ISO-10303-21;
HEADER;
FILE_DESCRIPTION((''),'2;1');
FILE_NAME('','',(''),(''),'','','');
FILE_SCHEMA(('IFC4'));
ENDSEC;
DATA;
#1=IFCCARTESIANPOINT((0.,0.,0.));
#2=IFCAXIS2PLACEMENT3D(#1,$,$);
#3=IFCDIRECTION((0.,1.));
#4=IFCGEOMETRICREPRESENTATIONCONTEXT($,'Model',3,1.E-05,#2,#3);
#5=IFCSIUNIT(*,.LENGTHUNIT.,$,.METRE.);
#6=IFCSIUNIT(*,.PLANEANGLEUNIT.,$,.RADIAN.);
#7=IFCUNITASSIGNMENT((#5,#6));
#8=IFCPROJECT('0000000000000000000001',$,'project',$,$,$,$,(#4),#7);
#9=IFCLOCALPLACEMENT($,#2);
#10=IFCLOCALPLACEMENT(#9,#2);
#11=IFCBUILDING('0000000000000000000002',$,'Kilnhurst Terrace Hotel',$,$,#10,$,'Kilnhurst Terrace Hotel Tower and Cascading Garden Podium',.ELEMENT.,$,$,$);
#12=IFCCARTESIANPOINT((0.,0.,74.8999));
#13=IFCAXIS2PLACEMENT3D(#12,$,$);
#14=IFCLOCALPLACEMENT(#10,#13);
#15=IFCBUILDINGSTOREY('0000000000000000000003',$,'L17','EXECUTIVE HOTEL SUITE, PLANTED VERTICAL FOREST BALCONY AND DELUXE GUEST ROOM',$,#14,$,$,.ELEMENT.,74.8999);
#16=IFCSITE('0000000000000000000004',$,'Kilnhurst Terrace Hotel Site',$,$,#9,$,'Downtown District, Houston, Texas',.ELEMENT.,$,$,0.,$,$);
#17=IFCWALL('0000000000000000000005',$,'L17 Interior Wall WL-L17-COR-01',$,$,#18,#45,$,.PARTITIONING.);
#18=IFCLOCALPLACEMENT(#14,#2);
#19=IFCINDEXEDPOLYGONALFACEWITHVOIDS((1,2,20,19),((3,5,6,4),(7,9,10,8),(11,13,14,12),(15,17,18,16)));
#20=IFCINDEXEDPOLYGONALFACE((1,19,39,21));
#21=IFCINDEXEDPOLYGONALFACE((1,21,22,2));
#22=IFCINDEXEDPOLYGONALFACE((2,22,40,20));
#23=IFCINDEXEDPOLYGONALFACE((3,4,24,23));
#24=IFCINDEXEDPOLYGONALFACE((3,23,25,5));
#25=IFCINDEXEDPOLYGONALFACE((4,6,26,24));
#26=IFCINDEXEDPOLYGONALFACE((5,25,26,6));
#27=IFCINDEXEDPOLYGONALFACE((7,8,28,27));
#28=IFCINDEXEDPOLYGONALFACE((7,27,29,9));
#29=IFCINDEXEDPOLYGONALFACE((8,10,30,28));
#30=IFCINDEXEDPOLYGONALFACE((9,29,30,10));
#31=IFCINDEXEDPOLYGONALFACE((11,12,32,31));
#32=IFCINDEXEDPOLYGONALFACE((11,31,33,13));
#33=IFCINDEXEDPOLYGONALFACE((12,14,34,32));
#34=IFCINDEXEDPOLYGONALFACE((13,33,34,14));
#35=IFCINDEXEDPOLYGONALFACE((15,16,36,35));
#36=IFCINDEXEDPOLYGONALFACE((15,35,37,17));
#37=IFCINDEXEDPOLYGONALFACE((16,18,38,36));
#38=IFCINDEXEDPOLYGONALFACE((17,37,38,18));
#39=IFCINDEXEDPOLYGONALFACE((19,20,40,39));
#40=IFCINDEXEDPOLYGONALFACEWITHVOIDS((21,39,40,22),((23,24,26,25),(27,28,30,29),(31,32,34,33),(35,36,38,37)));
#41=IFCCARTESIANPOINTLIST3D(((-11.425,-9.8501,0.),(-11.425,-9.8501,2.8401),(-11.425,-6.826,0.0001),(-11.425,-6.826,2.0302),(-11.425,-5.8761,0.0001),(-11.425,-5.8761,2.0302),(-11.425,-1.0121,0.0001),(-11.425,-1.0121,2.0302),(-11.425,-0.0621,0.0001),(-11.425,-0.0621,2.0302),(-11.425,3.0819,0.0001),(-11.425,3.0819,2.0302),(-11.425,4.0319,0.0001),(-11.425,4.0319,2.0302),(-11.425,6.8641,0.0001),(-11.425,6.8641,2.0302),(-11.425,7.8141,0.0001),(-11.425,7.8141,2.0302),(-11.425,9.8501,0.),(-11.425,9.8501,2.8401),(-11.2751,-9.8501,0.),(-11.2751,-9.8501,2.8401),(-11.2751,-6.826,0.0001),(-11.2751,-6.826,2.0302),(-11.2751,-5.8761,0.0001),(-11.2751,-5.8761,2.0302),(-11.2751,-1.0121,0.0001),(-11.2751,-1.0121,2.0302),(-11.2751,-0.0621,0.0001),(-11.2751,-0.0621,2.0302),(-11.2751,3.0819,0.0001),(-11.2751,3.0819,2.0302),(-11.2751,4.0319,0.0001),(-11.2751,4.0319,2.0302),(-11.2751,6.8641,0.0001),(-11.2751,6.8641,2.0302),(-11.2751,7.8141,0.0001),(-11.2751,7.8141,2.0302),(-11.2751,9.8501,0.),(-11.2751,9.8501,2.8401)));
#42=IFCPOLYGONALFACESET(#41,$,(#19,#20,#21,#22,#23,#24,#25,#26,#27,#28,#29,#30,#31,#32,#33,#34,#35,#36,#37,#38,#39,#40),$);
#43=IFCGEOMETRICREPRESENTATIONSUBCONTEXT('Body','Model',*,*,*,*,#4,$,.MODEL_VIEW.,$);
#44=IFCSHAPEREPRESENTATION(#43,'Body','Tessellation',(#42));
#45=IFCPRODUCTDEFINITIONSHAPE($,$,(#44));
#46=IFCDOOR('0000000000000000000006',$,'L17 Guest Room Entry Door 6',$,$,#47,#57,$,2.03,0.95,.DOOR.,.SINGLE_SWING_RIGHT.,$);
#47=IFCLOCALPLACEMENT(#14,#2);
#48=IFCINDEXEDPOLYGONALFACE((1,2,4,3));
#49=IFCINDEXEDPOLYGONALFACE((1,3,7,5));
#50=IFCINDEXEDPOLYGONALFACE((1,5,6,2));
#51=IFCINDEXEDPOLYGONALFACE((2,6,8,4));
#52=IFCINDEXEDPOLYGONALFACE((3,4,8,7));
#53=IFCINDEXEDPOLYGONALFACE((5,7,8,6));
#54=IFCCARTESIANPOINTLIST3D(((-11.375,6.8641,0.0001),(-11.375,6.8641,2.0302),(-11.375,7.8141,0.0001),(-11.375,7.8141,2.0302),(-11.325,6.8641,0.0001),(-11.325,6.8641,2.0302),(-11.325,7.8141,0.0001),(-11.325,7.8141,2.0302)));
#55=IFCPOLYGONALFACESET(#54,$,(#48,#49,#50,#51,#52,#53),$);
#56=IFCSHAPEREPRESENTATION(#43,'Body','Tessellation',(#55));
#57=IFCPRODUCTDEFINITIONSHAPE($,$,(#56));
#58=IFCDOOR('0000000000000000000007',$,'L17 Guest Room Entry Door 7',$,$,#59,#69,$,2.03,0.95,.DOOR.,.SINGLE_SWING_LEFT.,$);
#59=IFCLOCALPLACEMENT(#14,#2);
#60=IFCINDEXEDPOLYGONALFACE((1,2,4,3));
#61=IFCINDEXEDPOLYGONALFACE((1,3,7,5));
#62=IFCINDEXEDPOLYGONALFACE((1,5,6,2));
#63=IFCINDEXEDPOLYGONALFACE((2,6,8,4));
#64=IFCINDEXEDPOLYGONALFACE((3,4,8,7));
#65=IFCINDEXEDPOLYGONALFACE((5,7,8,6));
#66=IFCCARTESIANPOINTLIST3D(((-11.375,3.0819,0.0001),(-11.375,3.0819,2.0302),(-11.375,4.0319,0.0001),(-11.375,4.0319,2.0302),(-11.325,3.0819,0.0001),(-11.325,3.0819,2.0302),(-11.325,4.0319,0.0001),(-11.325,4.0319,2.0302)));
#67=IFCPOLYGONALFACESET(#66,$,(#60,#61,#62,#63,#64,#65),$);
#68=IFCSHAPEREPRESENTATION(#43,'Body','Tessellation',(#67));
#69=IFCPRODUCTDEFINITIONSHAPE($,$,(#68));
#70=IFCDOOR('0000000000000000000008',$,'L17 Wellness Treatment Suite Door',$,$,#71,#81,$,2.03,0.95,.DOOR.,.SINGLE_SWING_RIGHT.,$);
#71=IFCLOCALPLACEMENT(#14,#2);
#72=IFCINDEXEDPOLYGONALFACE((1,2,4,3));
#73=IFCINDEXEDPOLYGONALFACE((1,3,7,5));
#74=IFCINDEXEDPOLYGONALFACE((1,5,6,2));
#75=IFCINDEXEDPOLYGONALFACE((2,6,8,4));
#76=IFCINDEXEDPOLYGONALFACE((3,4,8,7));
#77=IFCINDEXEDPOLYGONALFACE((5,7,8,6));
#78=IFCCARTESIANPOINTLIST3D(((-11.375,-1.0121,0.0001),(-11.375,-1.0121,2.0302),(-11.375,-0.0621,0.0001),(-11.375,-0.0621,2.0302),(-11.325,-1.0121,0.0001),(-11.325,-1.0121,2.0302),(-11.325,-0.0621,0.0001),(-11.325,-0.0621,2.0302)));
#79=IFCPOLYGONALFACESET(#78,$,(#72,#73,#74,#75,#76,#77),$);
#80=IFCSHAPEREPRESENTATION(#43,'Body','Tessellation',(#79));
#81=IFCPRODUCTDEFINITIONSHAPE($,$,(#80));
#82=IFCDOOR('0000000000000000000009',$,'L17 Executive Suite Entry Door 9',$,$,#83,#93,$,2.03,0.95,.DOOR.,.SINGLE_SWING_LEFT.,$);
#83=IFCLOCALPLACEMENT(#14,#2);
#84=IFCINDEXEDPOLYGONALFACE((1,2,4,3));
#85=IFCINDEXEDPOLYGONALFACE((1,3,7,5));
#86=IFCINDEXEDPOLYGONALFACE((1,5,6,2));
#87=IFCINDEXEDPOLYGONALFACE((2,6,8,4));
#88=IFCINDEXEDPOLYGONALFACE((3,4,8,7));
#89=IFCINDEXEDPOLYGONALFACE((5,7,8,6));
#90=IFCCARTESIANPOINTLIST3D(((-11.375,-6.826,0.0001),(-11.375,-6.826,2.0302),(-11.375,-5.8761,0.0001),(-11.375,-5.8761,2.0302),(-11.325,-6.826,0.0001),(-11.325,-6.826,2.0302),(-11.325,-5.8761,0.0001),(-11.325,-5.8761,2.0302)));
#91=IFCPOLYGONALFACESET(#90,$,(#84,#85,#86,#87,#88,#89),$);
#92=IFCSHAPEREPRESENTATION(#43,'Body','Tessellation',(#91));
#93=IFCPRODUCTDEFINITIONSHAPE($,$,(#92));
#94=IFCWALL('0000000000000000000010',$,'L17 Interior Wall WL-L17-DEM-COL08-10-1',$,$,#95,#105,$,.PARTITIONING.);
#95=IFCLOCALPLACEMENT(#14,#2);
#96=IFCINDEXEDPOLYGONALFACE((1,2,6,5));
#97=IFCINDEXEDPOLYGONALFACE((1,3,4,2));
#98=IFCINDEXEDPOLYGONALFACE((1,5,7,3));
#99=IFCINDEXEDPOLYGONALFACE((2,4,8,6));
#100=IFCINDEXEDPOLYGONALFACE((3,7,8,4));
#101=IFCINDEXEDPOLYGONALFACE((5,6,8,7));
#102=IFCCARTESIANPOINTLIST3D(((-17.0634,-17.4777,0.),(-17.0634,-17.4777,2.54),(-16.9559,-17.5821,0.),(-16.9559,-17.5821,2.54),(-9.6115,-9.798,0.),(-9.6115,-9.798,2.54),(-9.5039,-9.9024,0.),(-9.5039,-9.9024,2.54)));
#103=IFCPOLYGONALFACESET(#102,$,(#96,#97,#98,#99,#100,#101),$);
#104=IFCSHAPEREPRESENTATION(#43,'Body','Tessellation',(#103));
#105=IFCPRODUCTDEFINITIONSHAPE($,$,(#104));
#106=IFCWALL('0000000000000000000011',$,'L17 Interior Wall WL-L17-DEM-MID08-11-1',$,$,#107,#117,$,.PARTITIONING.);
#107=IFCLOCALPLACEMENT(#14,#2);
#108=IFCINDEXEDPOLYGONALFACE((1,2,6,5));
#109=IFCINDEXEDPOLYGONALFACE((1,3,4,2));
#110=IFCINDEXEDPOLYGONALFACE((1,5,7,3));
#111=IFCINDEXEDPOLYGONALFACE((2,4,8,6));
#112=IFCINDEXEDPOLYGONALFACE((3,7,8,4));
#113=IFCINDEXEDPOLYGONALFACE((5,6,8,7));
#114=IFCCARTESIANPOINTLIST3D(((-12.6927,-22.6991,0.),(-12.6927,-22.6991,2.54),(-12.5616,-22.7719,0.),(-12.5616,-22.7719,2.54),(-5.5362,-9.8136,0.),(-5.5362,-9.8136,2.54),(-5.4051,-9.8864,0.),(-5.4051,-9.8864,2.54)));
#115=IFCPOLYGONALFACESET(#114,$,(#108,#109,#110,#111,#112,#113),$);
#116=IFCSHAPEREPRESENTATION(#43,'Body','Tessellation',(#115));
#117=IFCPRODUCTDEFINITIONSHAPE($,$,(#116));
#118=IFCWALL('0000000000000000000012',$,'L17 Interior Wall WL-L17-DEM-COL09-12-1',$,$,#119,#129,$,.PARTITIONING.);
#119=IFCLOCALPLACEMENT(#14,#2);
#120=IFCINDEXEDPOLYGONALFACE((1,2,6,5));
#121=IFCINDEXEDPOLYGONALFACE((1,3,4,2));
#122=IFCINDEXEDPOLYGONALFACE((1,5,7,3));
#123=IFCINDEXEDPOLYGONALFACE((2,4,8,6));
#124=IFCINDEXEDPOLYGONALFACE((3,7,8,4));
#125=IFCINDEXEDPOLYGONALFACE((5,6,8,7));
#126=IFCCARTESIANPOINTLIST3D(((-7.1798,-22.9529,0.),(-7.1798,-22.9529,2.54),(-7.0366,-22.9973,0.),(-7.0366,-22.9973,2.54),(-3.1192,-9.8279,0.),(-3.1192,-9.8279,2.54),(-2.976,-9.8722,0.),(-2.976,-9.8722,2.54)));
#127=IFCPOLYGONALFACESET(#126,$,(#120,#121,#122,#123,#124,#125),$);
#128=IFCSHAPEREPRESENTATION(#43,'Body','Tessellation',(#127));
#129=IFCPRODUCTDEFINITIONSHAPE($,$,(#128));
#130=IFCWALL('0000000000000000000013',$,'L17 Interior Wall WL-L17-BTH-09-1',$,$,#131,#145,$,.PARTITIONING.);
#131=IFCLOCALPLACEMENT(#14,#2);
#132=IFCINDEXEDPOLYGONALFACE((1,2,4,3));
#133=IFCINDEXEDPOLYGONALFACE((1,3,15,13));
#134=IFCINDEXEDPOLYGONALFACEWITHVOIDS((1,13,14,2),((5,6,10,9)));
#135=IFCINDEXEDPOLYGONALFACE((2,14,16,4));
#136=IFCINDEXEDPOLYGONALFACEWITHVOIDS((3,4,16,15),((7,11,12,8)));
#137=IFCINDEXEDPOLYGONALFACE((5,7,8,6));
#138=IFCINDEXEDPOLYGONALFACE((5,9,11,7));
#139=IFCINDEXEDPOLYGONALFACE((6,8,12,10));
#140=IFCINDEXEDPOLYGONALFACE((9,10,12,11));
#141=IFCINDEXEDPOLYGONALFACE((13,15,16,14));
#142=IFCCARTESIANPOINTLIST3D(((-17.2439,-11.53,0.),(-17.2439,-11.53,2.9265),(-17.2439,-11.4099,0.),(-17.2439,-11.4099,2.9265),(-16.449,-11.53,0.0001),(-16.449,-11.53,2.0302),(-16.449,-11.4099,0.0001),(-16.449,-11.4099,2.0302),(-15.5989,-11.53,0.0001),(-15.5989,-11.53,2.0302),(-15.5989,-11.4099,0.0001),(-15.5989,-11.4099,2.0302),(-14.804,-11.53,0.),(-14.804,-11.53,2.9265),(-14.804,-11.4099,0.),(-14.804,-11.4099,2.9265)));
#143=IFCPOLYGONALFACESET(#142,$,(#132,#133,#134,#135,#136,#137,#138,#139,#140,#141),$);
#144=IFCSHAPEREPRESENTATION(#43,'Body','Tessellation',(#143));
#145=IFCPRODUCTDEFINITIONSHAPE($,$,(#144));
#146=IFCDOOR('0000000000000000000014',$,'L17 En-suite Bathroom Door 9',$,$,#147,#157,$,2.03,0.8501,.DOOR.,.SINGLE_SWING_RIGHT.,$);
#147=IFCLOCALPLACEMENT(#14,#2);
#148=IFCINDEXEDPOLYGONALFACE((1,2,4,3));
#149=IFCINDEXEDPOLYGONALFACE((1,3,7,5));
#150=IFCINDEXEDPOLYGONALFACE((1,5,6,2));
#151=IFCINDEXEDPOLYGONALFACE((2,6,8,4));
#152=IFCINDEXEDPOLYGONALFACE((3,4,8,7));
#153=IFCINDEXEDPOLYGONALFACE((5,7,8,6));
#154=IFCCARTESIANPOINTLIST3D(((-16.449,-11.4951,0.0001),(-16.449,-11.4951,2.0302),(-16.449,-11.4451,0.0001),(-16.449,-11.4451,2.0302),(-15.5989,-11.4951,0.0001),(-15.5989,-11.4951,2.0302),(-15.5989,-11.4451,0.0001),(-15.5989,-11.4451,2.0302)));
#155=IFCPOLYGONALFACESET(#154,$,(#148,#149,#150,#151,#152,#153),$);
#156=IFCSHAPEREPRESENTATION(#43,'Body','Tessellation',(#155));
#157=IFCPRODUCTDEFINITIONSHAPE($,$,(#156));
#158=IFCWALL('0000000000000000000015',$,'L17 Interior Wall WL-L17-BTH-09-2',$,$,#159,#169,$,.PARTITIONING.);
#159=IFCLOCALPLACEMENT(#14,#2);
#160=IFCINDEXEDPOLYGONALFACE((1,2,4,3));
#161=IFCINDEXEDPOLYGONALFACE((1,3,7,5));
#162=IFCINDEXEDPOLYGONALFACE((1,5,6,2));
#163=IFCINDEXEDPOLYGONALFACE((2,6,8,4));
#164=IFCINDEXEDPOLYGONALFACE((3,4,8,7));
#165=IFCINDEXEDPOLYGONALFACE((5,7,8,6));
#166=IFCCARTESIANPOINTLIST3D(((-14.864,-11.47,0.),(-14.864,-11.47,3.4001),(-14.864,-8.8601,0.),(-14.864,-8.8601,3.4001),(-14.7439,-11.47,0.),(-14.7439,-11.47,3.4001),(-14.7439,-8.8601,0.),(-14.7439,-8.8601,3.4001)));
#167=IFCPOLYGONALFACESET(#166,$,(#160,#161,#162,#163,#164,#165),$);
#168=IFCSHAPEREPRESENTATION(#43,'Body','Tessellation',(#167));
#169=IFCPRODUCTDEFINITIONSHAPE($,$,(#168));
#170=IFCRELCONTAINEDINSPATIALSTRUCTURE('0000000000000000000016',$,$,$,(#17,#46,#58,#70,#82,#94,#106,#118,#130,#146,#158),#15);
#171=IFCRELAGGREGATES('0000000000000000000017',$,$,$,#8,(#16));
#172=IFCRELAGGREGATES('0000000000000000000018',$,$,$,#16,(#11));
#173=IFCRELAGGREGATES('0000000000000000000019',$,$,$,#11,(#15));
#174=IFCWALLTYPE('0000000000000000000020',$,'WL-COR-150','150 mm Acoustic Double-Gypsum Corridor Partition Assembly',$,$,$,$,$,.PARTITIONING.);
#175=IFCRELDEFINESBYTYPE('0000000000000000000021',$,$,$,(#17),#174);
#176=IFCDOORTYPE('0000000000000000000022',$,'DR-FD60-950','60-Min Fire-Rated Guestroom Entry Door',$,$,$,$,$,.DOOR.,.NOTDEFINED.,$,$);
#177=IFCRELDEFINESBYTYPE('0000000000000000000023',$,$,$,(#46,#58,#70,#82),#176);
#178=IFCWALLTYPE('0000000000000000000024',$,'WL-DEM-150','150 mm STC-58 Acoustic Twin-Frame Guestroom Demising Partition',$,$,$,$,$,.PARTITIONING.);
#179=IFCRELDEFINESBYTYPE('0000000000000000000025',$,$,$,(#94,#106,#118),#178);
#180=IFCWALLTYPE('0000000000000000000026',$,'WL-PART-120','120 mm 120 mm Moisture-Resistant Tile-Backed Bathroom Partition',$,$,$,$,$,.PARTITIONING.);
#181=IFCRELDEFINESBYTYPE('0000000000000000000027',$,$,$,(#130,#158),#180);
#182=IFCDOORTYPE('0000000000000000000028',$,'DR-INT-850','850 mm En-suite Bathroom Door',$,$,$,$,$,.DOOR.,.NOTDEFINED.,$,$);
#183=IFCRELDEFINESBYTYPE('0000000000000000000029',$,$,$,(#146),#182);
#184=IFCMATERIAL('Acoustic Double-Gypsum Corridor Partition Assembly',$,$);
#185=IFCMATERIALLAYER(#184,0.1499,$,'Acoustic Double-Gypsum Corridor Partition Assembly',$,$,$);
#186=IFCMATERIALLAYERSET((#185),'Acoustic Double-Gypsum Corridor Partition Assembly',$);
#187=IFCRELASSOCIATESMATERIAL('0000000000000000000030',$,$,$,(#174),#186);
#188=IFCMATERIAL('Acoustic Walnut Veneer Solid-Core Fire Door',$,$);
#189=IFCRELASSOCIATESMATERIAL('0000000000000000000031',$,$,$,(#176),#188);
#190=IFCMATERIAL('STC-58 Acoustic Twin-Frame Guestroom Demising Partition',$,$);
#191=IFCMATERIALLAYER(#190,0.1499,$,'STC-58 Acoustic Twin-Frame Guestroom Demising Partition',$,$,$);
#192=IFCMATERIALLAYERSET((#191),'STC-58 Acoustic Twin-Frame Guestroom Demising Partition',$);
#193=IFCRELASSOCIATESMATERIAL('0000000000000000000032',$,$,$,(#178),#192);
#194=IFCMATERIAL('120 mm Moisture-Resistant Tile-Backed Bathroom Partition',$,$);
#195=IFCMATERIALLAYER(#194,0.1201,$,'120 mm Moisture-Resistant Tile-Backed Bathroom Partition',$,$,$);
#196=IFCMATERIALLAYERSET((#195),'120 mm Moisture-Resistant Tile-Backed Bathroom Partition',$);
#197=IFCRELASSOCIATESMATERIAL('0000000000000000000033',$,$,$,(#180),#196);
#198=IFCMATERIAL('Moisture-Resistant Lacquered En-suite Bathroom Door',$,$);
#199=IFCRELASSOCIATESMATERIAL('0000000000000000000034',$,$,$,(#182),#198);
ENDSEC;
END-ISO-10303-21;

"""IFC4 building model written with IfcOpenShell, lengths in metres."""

from ifc_helpers import new_model, si_unit, direction, frame, frame_2d, origin, place, context, subcontext, project, spatial, rectangle, extrude, material, layer, layer_set, type_object, element, fill, save


model = new_model("IFC4")

# Units and contexts
model_context = context("Model", 3, precision=1e-05, world=origin(), true_north=direction((0.0, 1.0)))
body_context = subcontext(model_context, "Body", "Model", "MODEL_VIEW")
ifc_project = project(units=[si_unit("LENGTHUNIT", "METRE"), si_unit("PLANEANGLEUNIT", "RADIAN")], contexts=[model_context])

# Site, building, storey
site_placement = place(None, origin())
site = spatial("IfcSite", under=ifc_project, at=site_placement, Name="Kilnhurst Terrace Hotel Site", LongName="Downtown District, Houston, Texas", CompositionType="ELEMENT", RefElevation=0.0)
building_placement = place(site_placement, origin())
building = spatial("IfcBuilding", under=site, at=building_placement, Name="Kilnhurst Terrace Hotel", LongName="Kilnhurst Terrace Hotel Tower and Cascading Garden Podium", CompositionType="ELEMENT")
storey_placement = place(building_placement, frame((0.0, 0.0, 74.8999)))
storey = spatial("IfcBuildingStorey", under=building, at=storey_placement, Name="L17", Description="EXECUTIVE HOTEL SUITE, PLANTED VERTICAL FOREST BALCONY AND DELUXE GUEST ROOM", CompositionType="ELEMENT", Elevation=74.8999)

# Wall, openings, doors
ifc_material_1 = material(Name="Acoustic Double-Gypsum Corridor Partition Assembly")
ifc_layer_1 = layer(ifc_material_1, 0.1499, Name="Acoustic Double-Gypsum Corridor Partition Assembly")
ifc_layer_set_1 = layer_set([ifc_layer_1], Name="Acoustic Double-Gypsum Corridor Partition Assembly")
wall_type_1 = type_object("IfcWallType", Name="WL-COR-150", Description="150 mm Acoustic Double-Gypsum Corridor Partition Assembly", PredefinedType="PARTITIONING", material=ifc_layer_set_1)
wall_1_placement = place(storey_placement, frame((-11.3501, -9.8501, 0.0), z_axis=(0.0, 0.0, 1.0), x_axis=(0.0, 1.0, 0.0)))
wall_1 = element("IfcWall", 1, at=wall_1_placement, inside=storey, type_object=wall_type_1, Name="L17 Interior Wall WL-L17-COR-01", PredefinedType="PARTITIONING", context=body_context, shape_type="SweptSolid", body=[
    extrude(rectangle(XDim=19.7002, YDim=0.1499, at=frame_2d((9.8501, 0.0))), origin(), (0.0, 0.0, 1.0), 2.8401),
])
opening_1_placement = place(wall_1_placement, frame((16.7141, 0.0, 0.0)))
opening_1 = element("IfcOpeningElement", 2, at=opening_1_placement, cuts=wall_1, PredefinedType="OPENING", context=body_context, shape_type="SweptSolid", body=[
    extrude(rectangle(XDim=0.95, YDim=2.03, at=frame_2d((0.4751, 1.0151))), frame((0.0, 0.085, 0.0), z_axis=(0.0, -1.0, 0.0), x_axis=(1.0, 0.0, 0.0)), (0.0, 0.0, 1.0), 0.1699),
])
opening_2_placement = place(wall_1_placement, frame((12.9319, 0.0, 0.0)))
opening_2 = element("IfcOpeningElement", 3, at=opening_2_placement, cuts=wall_1, PredefinedType="OPENING", context=body_context, shape_type="SweptSolid", body=[
    extrude(rectangle(XDim=0.95, YDim=2.03, at=frame_2d((0.4751, 1.0151))), frame((0.0, 0.085, 0.0), z_axis=(0.0, -1.0, 0.0), x_axis=(1.0, 0.0, 0.0)), (0.0, 0.0, 1.0), 0.1699),
])
opening_3_placement = place(wall_1_placement, frame((8.8379, 0.0, 0.0)))
opening_3 = element("IfcOpeningElement", 4, at=opening_3_placement, cuts=wall_1, PredefinedType="OPENING", context=body_context, shape_type="SweptSolid", body=[
    extrude(rectangle(XDim=0.95, YDim=2.03, at=frame_2d((0.4751, 1.0151))), frame((0.0, 0.085, 0.0), z_axis=(0.0, -1.0, 0.0), x_axis=(1.0, 0.0, 0.0)), (0.0, 0.0, 1.0), 0.1699),
])
opening_4_placement = place(wall_1_placement, frame((3.0239, 0.0, 0.0)))
opening_4 = element("IfcOpeningElement", 5, at=opening_4_placement, cuts=wall_1, PredefinedType="OPENING", context=body_context, shape_type="SweptSolid", body=[
    extrude(rectangle(XDim=0.95, YDim=2.03, at=frame_2d((0.4751, 1.0151))), frame((0.0, 0.085, 0.0), z_axis=(0.0, -1.0, 0.0), x_axis=(1.0, 0.0, 0.0)), (0.0, 0.0, 1.0), 0.1699),
])
ifc_material_2 = material(Name="Acoustic Walnut Veneer Solid-Core Fire Door")
door_type_1 = type_object("IfcDoorType", Name="DR-FD60-950", Description="60-Min Fire-Rated Guestroom Entry Door", OperationType="NOTDEFINED", PredefinedType="DOOR", material=ifc_material_2)
door_1_placement = place(opening_1_placement, origin())
door_1 = element("IfcDoor", 6, at=door_1_placement, inside=storey, type_object=door_type_1, Name="L17 Guest Room Entry Door 6", OperationType="SINGLE_SWING_RIGHT", OverallHeight=2.03, OverallWidth=0.95, PredefinedType="DOOR", context=body_context, shape_type="SweptSolid", body=[
    extrude(rectangle(XDim=0.95, YDim=2.03, at=frame_2d((0.4751, 1.0151))), frame((0.0, 0.0249, 0.0), z_axis=(0.0, -1.0, 0.0), x_axis=(1.0, 0.0, 0.0)), (0.0, 0.0, 1.0), 0.05),
])
fill(opening_1, door_1)
door_2_placement = place(opening_2_placement, origin())
door_2 = element("IfcDoor", 7, at=door_2_placement, inside=storey, type_object=door_type_1, Name="L17 Guest Room Entry Door 7", OperationType="SINGLE_SWING_LEFT", OverallHeight=2.03, OverallWidth=0.95, PredefinedType="DOOR", context=body_context, shape_type="SweptSolid", body=[
    extrude(rectangle(XDim=0.95, YDim=2.03, at=frame_2d((0.4751, 1.0151))), frame((0.0, 0.0249, 0.0), z_axis=(0.0, -1.0, 0.0), x_axis=(1.0, 0.0, 0.0)), (0.0, 0.0, 1.0), 0.05),
])
fill(opening_2, door_2)
door_3_placement = place(opening_3_placement, origin())
door_3 = element("IfcDoor", 8, at=door_3_placement, inside=storey, type_object=door_type_1, Name="L17 Wellness Treatment Suite Door", OperationType="SINGLE_SWING_RIGHT", OverallHeight=2.03, OverallWidth=0.95, PredefinedType="DOOR", context=body_context, shape_type="SweptSolid", body=[
    extrude(rectangle(XDim=0.95, YDim=2.03, at=frame_2d((0.4751, 1.0151))), frame((0.0, 0.0249, 0.0), z_axis=(0.0, -1.0, 0.0), x_axis=(1.0, 0.0, 0.0)), (0.0, 0.0, 1.0), 0.05),
])
fill(opening_3, door_3)
door_4_placement = place(opening_4_placement, origin())
door_4 = element("IfcDoor", 9, at=door_4_placement, inside=storey, type_object=door_type_1, Name="L17 Executive Suite Entry Door 9", OperationType="SINGLE_SWING_LEFT", OverallHeight=2.03, OverallWidth=0.95, PredefinedType="DOOR", context=body_context, shape_type="SweptSolid", body=[
    extrude(rectangle(XDim=0.95, YDim=2.03, at=frame_2d((0.4751, 1.0151))), frame((0.0, 0.0249, 0.0), z_axis=(0.0, -1.0, 0.0), x_axis=(1.0, 0.0, 0.0)), (0.0, 0.0, 1.0), 0.05),
])
fill(opening_4, door_4)

# Walls
ifc_material_3 = material(Name="STC-58 Acoustic Twin-Frame Guestroom Demising Partition")
ifc_layer_2 = layer(ifc_material_3, 0.1499, Name="STC-58 Acoustic Twin-Frame Guestroom Demising Partition")
ifc_layer_set_2 = layer_set([ifc_layer_2], Name="STC-58 Acoustic Twin-Frame Guestroom Demising Partition")
wall_type_2 = type_object("IfcWallType", Name="WL-DEM-150", Description="150 mm STC-58 Acoustic Twin-Frame Guestroom Demising Partition", PredefinedType="PARTITIONING", material=ifc_layer_set_2)
wall_2_placement = place(storey_placement, frame((-9.5576, -9.8501, 0.0), z_axis=(0.0, 0.0, 1.0), x_axis=(-0.696383, -0.71767, 0.0)))
element("IfcWall", 10, at=wall_2_placement, inside=storey, type_object=wall_type_2, Name="L17 Interior Wall WL-L17-DEM-COL08-10-1", PredefinedType="PARTITIONING", context=body_context, shape_type="SweptSolid", body=[
    extrude(rectangle(XDim=10.7009, YDim=0.1499, at=frame_2d((5.3506, 0.0))), origin(), (0.0, 0.0, 1.0), 2.54),
])
wall_3_placement = place(storey_placement, frame((-5.4707, -9.8501, 0.0), z_axis=(0.0, 0.0, 1.0), x_axis=(-0.485533, -0.874218, 0.0)))
element("IfcWall", 11, at=wall_3_placement, inside=storey, type_object=wall_type_2, Name="L17 Interior Wall WL-L17-DEM-MID08-11-1", PredefinedType="PARTITIONING", context=body_context, shape_type="SweptSolid", body=[
    extrude(rectangle(XDim=14.7395, YDim=0.1499, at=frame_2d((7.3696, 0.0))), origin(), (0.0, 0.0, 1.0), 2.54),
])
wall_4_placement = place(storey_placement, frame((-3.0476, -9.8501, 0.0), z_axis=(0.0, 0.0, 1.0), x_axis=(-0.295554, -0.955326, 0.0)))
element("IfcWall", 12, at=wall_4_placement, inside=storey, type_object=wall_type_2, Name="L17 Interior Wall WL-L17-DEM-COL09-12-1", PredefinedType="PARTITIONING", context=body_context, shape_type="SweptSolid", body=[
    extrude(rectangle(XDim=13.7388, YDim=0.1499, at=frame_2d((6.8694, 0.0))), origin(), (0.0, 0.0, 1.0), 2.54),
])

# Wall, opening, door
ifc_material_4 = material(Name="120 mm Moisture-Resistant Tile-Backed Bathroom Partition")
ifc_layer_3 = layer(ifc_material_4, 0.1201, Name="120 mm Moisture-Resistant Tile-Backed Bathroom Partition")
ifc_layer_set_3 = layer_set([ifc_layer_3], Name="120 mm Moisture-Resistant Tile-Backed Bathroom Partition")
wall_type_3 = type_object("IfcWallType", Name="WL-PART-120", Description="120 mm 120 mm Moisture-Resistant Tile-Backed Bathroom Partition", PredefinedType="PARTITIONING", material=ifc_layer_set_3)
wall_5_placement = place(storey_placement, frame((-17.2439, -11.47, 0.0), z_axis=(0.0, 0.0, 1.0), x_axis=(1.0, 0.0, 0.0)))
wall_5 = element("IfcWall", 13, at=wall_5_placement, inside=storey, type_object=wall_type_3, Name="L17 Interior Wall WL-L17-BTH-09-1", PredefinedType="PARTITIONING", context=body_context, shape_type="SweptSolid", body=[
    extrude(rectangle(XDim=2.4399, YDim=0.1201, at=frame_2d((1.22, 0.0))), origin(), (0.0, 0.0, 1.0), 2.9265),
])
opening_5_placement = place(wall_5_placement, frame((0.7949, 0.0, 0.0)))
opening_5 = element("IfcOpeningElement", 14, at=opening_5_placement, cuts=wall_5, PredefinedType="OPENING", context=body_context, shape_type="SweptSolid", body=[
    extrude(rectangle(XDim=0.8501, YDim=2.03, at=frame_2d((0.425, 1.0151))), frame((0.0, 0.0701, 0.0), z_axis=(0.0, -1.0, 0.0), x_axis=(1.0, 0.0, 0.0)), (0.0, 0.0, 1.0), 0.1401),
])
ifc_material_5 = material(Name="Moisture-Resistant Lacquered En-suite Bathroom Door")
door_type_2 = type_object("IfcDoorType", Name="DR-INT-850", Description="850 mm En-suite Bathroom Door", OperationType="NOTDEFINED", PredefinedType="DOOR", material=ifc_material_5)
door_5_placement = place(opening_5_placement, origin())
door_5 = element("IfcDoor", 15, at=door_5_placement, inside=storey, type_object=door_type_2, Name="L17 En-suite Bathroom Door 9", OperationType="SINGLE_SWING_RIGHT", OverallHeight=2.03, OverallWidth=0.8501, PredefinedType="DOOR", context=body_context, shape_type="SweptSolid", body=[
    extrude(rectangle(XDim=0.8501, YDim=2.03, at=frame_2d((0.425, 1.0151))), frame((0.0, 0.0249, 0.0), z_axis=(0.0, -1.0, 0.0), x_axis=(1.0, 0.0, 0.0)), (0.0, 0.0, 1.0), 0.05),
])
fill(opening_5, door_5)

# Wall
wall_6_placement = place(storey_placement, frame((-14.804, -11.47, 0.0), z_axis=(0.0, 0.0, 1.0), x_axis=(0.0, 1.0, 0.0)))
element("IfcWall", 16, at=wall_6_placement, inside=storey, type_object=wall_type_3, Name="L17 Interior Wall WL-L17-BTH-09-2", PredefinedType="PARTITIONING", context=body_context, shape_type="SweptSolid", body=[
    extrude(rectangle(XDim=2.6099, YDim=0.1201, at=frame_2d((1.3049, 0.0))), origin(), (0.0, 0.0, 1.0), 3.4001),
])

save(model, "model.ifc")
